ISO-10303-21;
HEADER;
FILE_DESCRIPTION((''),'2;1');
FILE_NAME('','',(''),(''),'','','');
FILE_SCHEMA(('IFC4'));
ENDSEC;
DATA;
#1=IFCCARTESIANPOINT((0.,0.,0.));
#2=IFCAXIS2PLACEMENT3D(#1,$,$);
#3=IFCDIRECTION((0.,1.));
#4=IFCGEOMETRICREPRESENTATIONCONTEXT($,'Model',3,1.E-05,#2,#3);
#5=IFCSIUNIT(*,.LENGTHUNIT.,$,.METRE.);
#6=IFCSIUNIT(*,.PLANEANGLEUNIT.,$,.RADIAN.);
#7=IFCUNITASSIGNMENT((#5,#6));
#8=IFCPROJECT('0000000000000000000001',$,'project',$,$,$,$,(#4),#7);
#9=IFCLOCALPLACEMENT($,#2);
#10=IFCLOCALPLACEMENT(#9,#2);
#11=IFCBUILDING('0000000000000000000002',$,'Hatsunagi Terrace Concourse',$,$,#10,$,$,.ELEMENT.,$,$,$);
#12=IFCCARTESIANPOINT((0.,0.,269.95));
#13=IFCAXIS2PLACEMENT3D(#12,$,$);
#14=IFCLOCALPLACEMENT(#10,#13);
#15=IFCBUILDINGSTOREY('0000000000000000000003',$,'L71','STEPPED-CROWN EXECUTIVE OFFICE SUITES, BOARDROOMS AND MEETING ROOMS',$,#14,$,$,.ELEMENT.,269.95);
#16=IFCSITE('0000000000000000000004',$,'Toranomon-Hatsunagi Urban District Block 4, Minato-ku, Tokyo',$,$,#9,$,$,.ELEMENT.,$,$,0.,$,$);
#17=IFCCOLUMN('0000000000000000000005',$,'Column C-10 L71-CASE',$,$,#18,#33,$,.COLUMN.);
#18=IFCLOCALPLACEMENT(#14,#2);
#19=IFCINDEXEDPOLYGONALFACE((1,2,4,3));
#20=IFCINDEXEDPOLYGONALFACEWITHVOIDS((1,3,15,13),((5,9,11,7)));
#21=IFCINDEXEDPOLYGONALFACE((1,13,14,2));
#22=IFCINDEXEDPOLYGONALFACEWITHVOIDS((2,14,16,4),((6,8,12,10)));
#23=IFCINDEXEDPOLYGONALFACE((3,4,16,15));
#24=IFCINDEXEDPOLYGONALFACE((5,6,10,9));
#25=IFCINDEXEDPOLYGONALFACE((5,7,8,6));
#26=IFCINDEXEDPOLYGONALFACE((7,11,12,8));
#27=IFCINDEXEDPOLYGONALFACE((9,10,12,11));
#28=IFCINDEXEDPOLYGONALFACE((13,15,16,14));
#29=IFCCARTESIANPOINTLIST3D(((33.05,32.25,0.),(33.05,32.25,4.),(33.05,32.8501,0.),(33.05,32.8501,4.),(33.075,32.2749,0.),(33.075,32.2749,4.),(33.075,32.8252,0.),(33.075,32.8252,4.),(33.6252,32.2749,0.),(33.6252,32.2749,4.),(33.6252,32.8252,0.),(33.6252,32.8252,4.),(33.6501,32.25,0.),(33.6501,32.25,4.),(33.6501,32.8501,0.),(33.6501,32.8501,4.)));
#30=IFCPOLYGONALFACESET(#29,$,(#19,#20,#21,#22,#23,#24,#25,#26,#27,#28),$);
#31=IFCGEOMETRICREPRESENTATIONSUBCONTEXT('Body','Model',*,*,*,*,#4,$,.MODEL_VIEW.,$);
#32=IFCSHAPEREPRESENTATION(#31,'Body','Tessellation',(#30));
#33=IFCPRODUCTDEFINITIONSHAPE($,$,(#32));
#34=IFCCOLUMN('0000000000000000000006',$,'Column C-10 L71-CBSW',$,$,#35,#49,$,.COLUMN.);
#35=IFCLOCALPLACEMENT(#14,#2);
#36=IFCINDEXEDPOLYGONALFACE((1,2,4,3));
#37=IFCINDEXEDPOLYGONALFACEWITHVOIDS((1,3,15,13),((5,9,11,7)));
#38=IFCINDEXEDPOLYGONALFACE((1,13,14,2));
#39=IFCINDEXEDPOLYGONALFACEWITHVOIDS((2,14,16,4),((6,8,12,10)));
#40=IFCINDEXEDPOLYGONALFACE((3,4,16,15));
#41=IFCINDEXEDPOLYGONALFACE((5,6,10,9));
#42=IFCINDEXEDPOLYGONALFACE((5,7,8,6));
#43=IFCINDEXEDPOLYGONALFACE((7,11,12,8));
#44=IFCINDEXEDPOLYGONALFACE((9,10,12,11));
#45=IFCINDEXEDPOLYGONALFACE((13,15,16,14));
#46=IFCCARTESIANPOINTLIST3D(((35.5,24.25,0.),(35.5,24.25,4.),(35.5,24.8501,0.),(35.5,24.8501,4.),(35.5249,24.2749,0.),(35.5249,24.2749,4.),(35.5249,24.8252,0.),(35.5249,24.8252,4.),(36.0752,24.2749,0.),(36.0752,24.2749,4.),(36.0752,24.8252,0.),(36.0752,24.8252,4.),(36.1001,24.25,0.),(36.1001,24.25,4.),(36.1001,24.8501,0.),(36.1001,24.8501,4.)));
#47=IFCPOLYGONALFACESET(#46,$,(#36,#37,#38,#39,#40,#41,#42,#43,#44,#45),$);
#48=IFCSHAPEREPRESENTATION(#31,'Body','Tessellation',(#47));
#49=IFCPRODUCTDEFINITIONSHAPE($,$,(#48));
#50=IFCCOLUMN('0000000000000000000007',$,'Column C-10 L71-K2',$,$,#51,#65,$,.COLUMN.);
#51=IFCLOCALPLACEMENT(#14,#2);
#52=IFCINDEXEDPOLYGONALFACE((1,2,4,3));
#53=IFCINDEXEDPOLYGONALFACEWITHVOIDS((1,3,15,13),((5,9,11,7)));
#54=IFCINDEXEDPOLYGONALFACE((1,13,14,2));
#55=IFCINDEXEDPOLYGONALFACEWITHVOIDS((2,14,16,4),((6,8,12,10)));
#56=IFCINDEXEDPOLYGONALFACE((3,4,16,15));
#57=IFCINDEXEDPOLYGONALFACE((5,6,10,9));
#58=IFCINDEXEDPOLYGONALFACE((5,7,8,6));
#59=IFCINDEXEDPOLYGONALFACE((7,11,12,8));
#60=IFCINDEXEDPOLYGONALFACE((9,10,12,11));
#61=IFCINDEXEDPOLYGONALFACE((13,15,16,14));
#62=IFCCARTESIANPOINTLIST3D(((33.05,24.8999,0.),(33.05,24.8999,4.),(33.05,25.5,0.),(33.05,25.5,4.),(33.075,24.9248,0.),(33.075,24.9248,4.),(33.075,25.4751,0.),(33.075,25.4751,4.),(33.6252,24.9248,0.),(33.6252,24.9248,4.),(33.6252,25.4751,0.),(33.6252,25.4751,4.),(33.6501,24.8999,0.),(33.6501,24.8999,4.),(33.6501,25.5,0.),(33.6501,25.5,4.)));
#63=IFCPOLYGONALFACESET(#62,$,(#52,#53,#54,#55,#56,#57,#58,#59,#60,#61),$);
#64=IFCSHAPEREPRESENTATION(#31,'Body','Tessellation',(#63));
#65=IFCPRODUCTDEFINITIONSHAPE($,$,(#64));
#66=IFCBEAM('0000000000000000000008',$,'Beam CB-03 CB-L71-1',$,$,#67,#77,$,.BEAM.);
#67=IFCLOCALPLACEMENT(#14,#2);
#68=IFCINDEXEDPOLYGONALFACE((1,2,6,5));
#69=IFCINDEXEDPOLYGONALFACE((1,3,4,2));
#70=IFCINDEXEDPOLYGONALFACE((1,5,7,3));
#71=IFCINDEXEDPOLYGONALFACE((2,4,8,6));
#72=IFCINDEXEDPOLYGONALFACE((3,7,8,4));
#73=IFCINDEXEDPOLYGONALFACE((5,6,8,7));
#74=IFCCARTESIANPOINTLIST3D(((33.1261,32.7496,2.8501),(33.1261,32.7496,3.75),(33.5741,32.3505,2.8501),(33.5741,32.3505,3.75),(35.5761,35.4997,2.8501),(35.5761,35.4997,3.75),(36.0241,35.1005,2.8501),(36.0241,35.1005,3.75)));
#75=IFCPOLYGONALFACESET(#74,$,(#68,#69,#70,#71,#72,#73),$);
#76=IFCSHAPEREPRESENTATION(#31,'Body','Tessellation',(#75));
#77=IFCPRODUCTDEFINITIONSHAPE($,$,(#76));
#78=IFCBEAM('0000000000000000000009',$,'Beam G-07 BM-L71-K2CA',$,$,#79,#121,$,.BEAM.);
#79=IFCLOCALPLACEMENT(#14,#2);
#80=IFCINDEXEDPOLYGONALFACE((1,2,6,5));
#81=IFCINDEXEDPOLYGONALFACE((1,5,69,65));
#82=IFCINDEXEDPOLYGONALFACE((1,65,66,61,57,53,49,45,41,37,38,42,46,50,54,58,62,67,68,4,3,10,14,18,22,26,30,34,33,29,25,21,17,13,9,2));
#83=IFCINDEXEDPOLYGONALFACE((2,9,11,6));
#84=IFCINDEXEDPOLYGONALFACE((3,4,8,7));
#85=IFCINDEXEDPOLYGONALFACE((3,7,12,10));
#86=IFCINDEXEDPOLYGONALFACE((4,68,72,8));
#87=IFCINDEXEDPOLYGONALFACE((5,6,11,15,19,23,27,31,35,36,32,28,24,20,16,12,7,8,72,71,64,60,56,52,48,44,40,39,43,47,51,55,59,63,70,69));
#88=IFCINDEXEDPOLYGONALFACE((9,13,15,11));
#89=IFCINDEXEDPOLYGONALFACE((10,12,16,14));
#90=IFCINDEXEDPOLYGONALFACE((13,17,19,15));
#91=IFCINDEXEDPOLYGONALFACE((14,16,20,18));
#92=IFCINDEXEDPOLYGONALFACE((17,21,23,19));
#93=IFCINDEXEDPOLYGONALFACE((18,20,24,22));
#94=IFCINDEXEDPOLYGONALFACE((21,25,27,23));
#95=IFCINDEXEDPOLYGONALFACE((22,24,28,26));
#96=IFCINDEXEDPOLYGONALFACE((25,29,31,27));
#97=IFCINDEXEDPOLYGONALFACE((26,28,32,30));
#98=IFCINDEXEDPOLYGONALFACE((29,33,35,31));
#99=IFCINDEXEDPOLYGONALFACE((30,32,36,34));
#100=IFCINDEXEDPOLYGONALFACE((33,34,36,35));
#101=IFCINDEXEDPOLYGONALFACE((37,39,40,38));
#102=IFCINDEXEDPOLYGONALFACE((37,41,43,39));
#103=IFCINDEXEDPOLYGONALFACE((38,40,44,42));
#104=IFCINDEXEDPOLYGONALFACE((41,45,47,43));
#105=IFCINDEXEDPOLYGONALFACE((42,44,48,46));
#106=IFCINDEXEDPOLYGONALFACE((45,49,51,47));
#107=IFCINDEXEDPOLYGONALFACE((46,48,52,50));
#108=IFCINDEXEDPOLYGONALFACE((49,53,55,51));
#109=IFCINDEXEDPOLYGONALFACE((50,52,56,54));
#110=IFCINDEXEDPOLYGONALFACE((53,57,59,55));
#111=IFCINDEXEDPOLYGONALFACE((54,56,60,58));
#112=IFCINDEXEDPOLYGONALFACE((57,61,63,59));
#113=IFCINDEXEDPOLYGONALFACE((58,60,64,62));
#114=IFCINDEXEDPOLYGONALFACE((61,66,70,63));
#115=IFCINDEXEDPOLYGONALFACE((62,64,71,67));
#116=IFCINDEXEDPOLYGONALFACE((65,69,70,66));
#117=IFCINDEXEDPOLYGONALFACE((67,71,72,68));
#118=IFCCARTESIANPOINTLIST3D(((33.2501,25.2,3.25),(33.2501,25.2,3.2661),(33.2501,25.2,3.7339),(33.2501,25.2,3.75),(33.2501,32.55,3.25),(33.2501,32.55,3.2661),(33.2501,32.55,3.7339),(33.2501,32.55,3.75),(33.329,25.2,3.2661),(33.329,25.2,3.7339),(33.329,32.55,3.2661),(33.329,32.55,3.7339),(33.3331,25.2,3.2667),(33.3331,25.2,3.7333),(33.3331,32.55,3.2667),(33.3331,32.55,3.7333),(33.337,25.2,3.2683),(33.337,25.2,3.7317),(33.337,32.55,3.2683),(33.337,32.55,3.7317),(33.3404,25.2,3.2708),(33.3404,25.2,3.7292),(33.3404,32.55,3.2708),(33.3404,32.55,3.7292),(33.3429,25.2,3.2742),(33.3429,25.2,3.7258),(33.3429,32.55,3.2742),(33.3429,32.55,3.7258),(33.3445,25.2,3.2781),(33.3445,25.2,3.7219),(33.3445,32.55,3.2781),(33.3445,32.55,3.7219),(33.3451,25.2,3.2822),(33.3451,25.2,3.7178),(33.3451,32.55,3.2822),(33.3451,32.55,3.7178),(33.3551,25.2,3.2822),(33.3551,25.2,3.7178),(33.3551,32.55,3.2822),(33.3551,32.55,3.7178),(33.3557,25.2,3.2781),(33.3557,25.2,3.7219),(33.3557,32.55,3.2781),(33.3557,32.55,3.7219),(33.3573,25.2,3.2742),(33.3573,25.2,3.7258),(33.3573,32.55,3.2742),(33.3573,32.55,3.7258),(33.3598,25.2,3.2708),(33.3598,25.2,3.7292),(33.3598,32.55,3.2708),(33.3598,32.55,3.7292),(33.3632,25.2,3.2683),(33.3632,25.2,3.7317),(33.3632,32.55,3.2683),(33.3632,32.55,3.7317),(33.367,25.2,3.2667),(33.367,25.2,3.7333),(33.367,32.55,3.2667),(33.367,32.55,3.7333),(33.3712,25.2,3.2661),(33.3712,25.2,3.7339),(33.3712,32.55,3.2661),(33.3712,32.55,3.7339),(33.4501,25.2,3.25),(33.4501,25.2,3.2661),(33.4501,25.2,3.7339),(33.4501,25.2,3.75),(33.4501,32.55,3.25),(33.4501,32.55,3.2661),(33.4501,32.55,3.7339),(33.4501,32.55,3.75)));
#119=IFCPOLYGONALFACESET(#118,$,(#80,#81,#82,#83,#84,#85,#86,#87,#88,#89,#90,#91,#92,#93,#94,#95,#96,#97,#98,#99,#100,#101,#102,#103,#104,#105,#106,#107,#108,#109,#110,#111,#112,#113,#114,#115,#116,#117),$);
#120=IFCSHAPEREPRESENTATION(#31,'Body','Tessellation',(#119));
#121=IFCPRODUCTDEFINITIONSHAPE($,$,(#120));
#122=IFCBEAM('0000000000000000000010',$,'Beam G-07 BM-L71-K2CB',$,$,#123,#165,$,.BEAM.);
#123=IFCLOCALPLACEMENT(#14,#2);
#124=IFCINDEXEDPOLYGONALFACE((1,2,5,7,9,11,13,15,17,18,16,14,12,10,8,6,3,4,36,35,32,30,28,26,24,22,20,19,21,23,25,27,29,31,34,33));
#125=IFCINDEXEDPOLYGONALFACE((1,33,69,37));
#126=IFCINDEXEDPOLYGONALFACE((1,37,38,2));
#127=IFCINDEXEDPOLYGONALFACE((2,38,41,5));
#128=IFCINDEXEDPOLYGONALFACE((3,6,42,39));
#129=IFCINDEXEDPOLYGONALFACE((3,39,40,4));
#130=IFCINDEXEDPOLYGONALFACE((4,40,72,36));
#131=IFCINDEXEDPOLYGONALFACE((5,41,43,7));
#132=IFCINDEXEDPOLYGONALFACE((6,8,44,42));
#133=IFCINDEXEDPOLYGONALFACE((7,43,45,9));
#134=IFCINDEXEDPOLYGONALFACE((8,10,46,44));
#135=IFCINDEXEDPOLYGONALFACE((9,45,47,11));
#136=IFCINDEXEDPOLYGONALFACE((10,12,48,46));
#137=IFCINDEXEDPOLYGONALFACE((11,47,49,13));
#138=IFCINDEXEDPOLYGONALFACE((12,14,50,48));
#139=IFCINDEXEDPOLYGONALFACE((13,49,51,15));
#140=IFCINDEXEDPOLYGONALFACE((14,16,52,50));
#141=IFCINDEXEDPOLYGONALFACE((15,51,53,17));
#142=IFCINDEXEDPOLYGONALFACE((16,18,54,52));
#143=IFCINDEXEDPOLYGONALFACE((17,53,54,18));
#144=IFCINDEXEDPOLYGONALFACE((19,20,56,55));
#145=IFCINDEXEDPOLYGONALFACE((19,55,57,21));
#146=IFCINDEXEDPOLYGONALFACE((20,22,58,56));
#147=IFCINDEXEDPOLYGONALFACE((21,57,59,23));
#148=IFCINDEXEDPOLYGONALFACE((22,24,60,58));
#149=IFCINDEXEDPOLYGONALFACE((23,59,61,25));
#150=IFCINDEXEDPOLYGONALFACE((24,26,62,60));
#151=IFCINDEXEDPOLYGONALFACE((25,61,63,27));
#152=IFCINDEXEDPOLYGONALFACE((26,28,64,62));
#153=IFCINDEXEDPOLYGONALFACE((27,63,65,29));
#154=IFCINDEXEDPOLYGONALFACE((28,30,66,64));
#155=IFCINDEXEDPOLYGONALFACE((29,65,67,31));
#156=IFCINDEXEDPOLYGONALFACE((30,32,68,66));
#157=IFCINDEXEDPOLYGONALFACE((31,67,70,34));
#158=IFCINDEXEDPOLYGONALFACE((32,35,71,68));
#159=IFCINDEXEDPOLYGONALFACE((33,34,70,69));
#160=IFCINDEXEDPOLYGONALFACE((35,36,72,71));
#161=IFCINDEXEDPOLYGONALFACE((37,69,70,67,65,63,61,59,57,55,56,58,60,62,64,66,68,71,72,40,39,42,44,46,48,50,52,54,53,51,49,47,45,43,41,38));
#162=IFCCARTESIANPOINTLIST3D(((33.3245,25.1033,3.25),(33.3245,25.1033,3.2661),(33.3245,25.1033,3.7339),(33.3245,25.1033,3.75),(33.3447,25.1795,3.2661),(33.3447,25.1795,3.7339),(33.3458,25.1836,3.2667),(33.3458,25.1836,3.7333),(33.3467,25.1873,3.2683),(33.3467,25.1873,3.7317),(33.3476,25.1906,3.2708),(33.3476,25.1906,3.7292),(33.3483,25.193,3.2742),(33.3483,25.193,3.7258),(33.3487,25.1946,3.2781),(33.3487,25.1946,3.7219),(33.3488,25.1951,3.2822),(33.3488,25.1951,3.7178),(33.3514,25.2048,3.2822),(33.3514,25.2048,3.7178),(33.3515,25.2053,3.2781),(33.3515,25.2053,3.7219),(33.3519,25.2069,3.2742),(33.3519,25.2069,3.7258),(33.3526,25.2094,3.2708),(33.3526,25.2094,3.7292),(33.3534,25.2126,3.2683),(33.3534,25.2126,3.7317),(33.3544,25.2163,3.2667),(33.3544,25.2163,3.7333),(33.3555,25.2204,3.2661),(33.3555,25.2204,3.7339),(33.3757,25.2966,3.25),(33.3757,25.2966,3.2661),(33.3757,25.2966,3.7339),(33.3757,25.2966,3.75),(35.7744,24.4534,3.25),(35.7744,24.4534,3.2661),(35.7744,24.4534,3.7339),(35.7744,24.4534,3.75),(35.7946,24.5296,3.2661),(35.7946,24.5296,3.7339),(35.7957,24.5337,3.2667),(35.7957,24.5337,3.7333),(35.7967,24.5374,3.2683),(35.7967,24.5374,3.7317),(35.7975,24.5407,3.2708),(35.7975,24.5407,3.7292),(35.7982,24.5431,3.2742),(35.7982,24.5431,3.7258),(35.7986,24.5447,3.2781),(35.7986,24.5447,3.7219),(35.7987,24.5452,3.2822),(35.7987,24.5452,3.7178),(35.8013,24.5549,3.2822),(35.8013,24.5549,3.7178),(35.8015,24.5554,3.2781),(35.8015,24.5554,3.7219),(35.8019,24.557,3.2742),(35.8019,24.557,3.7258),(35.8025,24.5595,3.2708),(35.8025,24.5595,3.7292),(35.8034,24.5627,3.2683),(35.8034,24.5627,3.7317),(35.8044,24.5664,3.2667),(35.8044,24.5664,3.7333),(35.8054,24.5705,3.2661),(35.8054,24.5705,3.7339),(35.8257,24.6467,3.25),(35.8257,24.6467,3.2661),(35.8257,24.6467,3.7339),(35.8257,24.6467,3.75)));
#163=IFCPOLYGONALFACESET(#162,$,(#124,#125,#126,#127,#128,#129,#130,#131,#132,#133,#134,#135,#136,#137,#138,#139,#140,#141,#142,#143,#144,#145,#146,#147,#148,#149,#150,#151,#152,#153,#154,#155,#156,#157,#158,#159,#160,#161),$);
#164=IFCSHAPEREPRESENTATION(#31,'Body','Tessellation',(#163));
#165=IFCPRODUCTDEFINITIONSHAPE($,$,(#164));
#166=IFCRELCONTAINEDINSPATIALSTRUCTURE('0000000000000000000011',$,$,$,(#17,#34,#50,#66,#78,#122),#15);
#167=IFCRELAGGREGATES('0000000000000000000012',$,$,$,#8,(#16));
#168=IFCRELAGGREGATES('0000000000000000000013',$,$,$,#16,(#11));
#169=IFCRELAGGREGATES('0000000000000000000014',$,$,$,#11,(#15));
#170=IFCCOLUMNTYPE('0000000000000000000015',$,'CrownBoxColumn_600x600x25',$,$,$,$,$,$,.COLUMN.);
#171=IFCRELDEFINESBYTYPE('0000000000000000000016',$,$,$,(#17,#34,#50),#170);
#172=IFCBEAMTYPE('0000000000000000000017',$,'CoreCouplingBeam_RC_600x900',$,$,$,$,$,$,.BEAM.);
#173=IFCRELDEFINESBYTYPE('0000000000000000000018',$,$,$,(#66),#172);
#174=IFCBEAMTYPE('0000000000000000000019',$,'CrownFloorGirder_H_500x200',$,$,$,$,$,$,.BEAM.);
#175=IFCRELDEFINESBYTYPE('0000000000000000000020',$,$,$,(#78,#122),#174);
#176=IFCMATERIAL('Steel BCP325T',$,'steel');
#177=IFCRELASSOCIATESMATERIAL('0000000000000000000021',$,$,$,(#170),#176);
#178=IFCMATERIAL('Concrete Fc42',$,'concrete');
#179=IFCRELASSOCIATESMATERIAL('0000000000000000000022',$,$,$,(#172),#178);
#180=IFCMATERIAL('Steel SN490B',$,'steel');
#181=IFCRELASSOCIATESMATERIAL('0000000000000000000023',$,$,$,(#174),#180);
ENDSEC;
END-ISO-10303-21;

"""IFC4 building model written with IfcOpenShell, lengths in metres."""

from ifc_helpers import new_model, si_unit, direction, frame, origin, origin_2d, place, context, subcontext, project, spatial, rectangle, hollow_rectangle, i_section, extrude, material, material_profile, profile_set, type_object, element, save


model = new_model("IFC4")

# Units and contexts
model_context = context("Model", 3, precision=1e-05, world=origin(), true_north=direction((0.0, 1.0)))
body_context = subcontext(model_context, "Body", "Model", "MODEL_VIEW")
ifc_project = project(units=[si_unit("LENGTHUNIT", "METRE"), si_unit("PLANEANGLEUNIT", "RADIAN")], contexts=[model_context])

# Site, building, storey
site_placement = place(None, origin())
site = spatial("IfcSite", under=ifc_project, at=site_placement, Name="Toranomon-Hatsunagi Urban District Block 4, Minato-ku, Tokyo", CompositionType="ELEMENT", RefElevation=0.0)
building_placement = place(site_placement, origin())
building = spatial("IfcBuilding", under=site, at=building_placement, Name="Hatsunagi Terrace Concourse", CompositionType="ELEMENT")
storey_placement = place(building_placement, frame((0.0, 0.0, 269.95)))
storey = spatial("IfcBuildingStorey", under=building, at=storey_placement, Name="L71", Description="STEPPED-CROWN EXECUTIVE OFFICE SUITES, BOARDROOMS AND MEETING ROOMS", CompositionType="ELEMENT", Elevation=269.95)

# Columns
ifc_material_1 = material(Name="Steel BCP325T", Category="steel")
ifc_material_profile_1 = material_profile(ifc_material_1, hollow_rectangle(XDim=0.6001, YDim=0.6001, WallThickness=0.0249, at=origin_2d()), Name="BCP-600x600x25")
ifc_profile_set_1 = profile_set([ifc_material_profile_1], Name="Steel BCP325T")
column_type = type_object("IfcColumnType", Name="CrownBoxColumn_600x600x25", PredefinedType="COLUMN", material=ifc_profile_set_1)
for number, where, z_axis, x_axis, name in (
    (1, (33.3501, 32.55, 0.0), (0.0, 0.0, 1.0), (1.0, 0.0, 0.0), "Column C-10 L71-CASE"),
    (2, (35.8, 24.55, 0.0), (0.0, 0.0, 1.0), (1.0, 0.0, 0.0), "Column C-10 L71-CBSW"),
    (3, (33.3501, 25.2, 0.0), (0.0, 0.0, 1.0), (1.0, 0.0, 0.0), "Column C-10 L71-K2"),
):
    element("IfcColumn", number, at=place(storey_placement, frame(where, z_axis=z_axis, x_axis=x_axis)), inside=storey, type_object=column_type, Name=name, PredefinedType="COLUMN", context=body_context, shape_type="SweptSolid", body=[
        extrude(hollow_rectangle(XDim=0.6001, YDim=0.6001, WallThickness=0.0249, at=origin_2d()), origin(), (0.0, 0.0, 1.0), 4.0),
    ])

# Beams
ifc_material_2 = material(Name="Concrete Fc42", Category="concrete")
ifc_material_profile_2 = material_profile(ifc_material_2, rectangle(XDim=0.6001, YDim=0.8999, at=origin_2d()), Name="RC-600x900")
ifc_profile_set_2 = profile_set([ifc_material_profile_2], Name="Concrete Fc42")
beam_type_1 = type_object("IfcBeamType", Name="CoreCouplingBeam_RC_600x900", PredefinedType="BEAM", material=ifc_profile_set_2)
beam_1_placement = place(storey_placement, frame((33.3501, 32.55, 3.3), z_axis=(0.665199, 0.746666, 0.0), x_axis=(-0.746666, 0.665199, 0.0)))
element("IfcBeam", 4, at=beam_1_placement, inside=storey, type_object=beam_type_1, Name="Beam CB-03 CB-L71-1", PredefinedType="BEAM", context=body_context, shape_type="SweptSolid", body=[
    extrude(rectangle(XDim=0.6001, YDim=0.8999, at=origin_2d()), origin(), (0.0, 0.0, 1.0), 3.6831),
])
ifc_material_3 = material(Name="Steel SN490B", Category="steel")
ifc_material_profile_3 = material_profile(ifc_material_3, i_section(OverallWidth=0.2, OverallDepth=0.5, WebThickness=0.01, FlangeThickness=0.0161, FilletRadius=0.0161, at=origin_2d()), Name="H-500x200x10x16")
ifc_profile_set_3 = profile_set([ifc_material_profile_3], Name="Steel SN490B")
beam_type_2 = type_object("IfcBeamType", Name="CrownFloorGirder_H_500x200", PredefinedType="BEAM", material=ifc_profile_set_3)
beam_2_placement = place(storey_placement, frame((33.3501, 25.2, 3.5), z_axis=(0.0, 1.0, 0.0), x_axis=(-1.0, 0.0, 0.0)))
element("IfcBeam", 5, at=beam_2_placement, inside=storey, type_object=beam_type_2, Name="Beam G-07 BM-L71-K2CA", PredefinedType="BEAM", context=body_context, shape_type="SweptSolid", body=[
    extrude(i_section(OverallWidth=0.2, OverallDepth=0.5, WebThickness=0.01, FlangeThickness=0.0161, FilletRadius=0.0161, at=origin_2d()), origin(), (0.0, 0.0, 1.0), 7.3501),
])
beam_3_placement = place(storey_placement, frame((33.3501, 25.2, 3.5), z_axis=(0.96657, -0.256403, 0.0), x_axis=(0.256403, 0.96657, 0.0)))
element("IfcBeam", 6, at=beam_3_placement, inside=storey, type_object=beam_type_2, Name="Beam G-07 BM-L71-K2CB", PredefinedType="BEAM", context=body_context, shape_type="SweptSolid", body=[
    extrude(i_section(OverallWidth=0.2, OverallDepth=0.5, WebThickness=0.01, FlangeThickness=0.0161, FilletRadius=0.0161, at=origin_2d()), origin(), (0.0, 0.0, 1.0), 2.5347),
])

save(model, "model.ifc")
